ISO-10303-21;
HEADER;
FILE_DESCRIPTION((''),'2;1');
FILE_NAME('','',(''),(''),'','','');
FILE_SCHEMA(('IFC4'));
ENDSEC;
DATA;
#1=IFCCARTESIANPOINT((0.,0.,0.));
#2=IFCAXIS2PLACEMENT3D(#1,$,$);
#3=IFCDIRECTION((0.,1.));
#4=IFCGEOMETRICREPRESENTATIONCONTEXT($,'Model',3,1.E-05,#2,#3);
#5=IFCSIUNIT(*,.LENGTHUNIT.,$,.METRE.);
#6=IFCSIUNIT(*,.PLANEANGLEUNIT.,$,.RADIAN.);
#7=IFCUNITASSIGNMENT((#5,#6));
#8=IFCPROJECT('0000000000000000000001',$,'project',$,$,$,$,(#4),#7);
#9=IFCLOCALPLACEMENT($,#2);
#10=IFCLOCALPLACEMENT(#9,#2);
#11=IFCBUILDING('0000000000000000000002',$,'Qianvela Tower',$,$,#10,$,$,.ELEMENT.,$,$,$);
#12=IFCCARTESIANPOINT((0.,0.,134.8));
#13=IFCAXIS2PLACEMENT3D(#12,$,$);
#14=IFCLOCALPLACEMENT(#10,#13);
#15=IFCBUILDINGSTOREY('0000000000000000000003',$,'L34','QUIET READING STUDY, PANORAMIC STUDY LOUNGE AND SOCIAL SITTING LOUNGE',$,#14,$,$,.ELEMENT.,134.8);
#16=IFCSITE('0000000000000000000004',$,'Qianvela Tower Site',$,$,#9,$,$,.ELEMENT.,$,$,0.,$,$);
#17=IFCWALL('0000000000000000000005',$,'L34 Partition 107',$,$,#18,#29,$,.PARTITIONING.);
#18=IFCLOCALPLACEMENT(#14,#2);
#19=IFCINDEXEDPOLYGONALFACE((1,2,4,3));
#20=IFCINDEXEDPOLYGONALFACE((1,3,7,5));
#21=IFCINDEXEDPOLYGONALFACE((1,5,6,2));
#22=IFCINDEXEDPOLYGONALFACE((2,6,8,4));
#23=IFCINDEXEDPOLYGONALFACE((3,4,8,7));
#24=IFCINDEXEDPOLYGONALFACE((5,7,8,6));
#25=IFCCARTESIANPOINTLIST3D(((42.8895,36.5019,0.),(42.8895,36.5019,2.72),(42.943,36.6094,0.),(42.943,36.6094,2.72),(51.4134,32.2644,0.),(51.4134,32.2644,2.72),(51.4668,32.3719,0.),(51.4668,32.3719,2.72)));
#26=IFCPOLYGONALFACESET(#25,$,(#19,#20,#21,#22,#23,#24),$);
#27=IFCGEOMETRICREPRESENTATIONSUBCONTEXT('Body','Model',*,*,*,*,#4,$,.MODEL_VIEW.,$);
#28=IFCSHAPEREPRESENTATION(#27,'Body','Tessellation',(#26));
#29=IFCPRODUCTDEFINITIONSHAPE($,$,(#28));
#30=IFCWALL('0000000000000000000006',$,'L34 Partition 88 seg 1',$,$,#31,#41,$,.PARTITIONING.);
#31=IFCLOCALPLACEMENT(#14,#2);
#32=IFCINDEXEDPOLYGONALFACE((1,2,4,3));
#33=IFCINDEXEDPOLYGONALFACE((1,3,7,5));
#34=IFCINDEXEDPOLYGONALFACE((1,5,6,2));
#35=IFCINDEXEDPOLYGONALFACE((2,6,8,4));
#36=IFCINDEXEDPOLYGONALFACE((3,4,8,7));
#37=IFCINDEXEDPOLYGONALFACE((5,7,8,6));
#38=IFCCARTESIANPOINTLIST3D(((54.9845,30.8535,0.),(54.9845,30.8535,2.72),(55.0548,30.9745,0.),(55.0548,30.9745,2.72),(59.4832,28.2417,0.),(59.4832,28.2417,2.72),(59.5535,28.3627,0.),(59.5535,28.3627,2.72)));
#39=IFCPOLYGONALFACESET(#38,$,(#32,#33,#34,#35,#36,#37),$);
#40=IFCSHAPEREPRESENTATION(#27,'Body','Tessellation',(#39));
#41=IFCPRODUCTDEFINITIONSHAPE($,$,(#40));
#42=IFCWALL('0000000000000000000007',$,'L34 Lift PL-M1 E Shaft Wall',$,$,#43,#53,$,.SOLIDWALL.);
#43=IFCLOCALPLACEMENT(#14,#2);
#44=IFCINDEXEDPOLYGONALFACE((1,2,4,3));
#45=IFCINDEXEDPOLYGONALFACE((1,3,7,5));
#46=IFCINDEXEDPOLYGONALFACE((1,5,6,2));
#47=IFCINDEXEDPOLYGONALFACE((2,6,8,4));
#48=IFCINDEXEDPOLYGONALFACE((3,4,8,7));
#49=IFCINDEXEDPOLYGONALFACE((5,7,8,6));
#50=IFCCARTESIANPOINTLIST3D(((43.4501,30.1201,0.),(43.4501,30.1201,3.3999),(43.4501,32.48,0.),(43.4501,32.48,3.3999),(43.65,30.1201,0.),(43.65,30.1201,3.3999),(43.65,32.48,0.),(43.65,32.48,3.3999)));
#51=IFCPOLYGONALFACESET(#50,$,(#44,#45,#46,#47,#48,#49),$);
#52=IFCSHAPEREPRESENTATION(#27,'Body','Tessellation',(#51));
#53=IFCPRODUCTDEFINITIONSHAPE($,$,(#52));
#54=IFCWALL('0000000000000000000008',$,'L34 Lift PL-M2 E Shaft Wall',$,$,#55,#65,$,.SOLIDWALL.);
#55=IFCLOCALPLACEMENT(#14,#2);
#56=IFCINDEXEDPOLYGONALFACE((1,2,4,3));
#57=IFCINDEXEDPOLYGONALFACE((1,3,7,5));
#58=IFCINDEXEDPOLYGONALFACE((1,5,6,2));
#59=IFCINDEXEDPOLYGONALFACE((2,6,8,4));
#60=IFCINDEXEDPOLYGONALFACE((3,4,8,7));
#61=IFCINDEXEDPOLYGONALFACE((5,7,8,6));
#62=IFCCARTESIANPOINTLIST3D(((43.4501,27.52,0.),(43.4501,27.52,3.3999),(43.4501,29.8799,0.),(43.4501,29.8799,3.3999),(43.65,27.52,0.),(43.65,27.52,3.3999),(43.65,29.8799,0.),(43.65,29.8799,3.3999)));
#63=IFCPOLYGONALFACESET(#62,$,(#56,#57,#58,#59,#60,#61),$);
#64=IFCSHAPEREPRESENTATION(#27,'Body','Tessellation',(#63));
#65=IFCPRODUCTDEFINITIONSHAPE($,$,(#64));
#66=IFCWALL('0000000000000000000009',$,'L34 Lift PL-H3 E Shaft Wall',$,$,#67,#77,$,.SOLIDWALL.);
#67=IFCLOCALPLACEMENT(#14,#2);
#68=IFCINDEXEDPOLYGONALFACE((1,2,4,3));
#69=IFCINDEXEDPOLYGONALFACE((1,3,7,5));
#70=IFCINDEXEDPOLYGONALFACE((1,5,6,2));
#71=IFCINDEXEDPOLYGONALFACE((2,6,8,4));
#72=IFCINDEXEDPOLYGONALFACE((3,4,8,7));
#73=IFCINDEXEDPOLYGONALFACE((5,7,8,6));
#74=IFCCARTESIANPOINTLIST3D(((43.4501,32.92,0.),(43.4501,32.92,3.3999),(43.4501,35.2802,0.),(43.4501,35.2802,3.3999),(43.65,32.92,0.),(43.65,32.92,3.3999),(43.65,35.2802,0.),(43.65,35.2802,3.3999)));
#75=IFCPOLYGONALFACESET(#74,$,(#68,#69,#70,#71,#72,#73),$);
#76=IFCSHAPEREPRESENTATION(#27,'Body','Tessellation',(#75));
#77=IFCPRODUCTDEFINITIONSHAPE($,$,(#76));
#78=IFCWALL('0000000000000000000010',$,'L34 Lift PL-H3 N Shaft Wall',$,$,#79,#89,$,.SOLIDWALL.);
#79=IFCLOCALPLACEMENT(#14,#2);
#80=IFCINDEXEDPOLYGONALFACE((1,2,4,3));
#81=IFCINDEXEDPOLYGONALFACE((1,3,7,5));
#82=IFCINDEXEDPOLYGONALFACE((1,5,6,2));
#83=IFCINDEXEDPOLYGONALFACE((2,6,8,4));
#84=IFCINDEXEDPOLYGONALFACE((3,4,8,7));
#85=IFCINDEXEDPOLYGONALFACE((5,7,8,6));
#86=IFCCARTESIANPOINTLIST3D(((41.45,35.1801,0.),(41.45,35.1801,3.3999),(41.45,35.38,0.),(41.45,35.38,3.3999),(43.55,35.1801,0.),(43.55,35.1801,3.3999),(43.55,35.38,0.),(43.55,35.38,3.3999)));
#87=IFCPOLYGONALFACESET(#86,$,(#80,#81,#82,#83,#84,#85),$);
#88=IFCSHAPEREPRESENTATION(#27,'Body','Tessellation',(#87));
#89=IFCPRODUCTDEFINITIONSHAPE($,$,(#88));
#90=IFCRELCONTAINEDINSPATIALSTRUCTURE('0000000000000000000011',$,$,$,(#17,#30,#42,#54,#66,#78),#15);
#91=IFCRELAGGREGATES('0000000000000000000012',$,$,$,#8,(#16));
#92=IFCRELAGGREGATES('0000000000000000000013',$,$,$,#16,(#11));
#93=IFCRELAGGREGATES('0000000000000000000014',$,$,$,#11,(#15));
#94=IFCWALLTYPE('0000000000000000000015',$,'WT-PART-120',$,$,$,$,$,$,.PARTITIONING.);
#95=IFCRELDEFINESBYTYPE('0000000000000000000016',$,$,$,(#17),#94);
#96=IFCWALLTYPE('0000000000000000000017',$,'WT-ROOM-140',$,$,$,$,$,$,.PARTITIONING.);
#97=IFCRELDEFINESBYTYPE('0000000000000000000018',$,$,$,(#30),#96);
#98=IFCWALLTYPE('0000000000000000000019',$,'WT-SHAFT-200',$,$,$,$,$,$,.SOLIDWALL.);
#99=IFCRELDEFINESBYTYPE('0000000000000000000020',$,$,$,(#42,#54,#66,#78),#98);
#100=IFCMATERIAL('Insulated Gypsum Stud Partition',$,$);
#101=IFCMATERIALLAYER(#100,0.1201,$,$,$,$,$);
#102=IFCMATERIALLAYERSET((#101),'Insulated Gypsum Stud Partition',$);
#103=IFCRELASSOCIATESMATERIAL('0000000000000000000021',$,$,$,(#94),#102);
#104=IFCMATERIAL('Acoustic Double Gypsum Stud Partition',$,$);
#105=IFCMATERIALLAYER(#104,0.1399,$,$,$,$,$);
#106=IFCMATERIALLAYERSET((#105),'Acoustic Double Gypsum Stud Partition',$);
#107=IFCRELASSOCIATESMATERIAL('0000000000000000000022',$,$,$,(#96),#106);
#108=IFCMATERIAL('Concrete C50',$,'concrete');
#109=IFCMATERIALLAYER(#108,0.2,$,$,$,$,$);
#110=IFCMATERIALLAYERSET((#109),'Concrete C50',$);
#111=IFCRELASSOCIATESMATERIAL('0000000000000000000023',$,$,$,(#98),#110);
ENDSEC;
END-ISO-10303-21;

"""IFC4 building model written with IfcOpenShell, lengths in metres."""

from ifc_helpers import new_model, si_unit, direction, frame, frame_2d, origin, place, context, subcontext, project, spatial, rectangle, extrude, material, layer, layer_set, type_object, element, save


model = new_model("IFC4")

# Units and contexts
model_context = context("Model", 3, precision=1e-05, world=origin(), true_north=direction((0.0, 1.0)))
body_context = subcontext(model_context, "Body", "Model", "MODEL_VIEW")
ifc_project = project(units=[si_unit("LENGTHUNIT", "METRE"), si_unit("PLANEANGLEUNIT", "RADIAN")], contexts=[model_context])

# Site, building, storey
site_placement = place(None, origin())
site = spatial("IfcSite", under=ifc_project, at=site_placement, Name="Qianvela Tower Site", CompositionType="ELEMENT", RefElevation=0.0)
building_placement = place(site_placement, origin())
building = spatial("IfcBuilding", under=site, at=building_placement, Name="Qianvela Tower", CompositionType="ELEMENT")
storey_placement = place(building_placement, frame((0.0, 0.0, 134.8)))
storey = spatial("IfcBuildingStorey", under=building, at=storey_placement, Name="L34", Description="QUIET READING STUDY, PANORAMIC STUDY LOUNGE AND SOCIAL SITTING LOUNGE", CompositionType="ELEMENT", Elevation=134.8)

# Walls
ifc_material_1 = material(Name="Insulated Gypsum Stud Partition")
ifc_layer_1 = layer(ifc_material_1, 0.1201)
ifc_layer_set_1 = layer_set([ifc_layer_1], Name="Insulated Gypsum Stud Partition")
wall_type_1 = type_object("IfcWallType", Name="WT-PART-120", PredefinedType="PARTITIONING", material=ifc_layer_set_1)
wall_1_placement = place(storey_placement, frame((42.9163, 36.5557, 0.0), z_axis=(0.0, 0.0, 1.0), x_axis=(0.895451, -0.445161, 0.0)))
element("IfcWall", 1, at=wall_1_placement, inside=storey, type_object=wall_type_1, Name="L34 Partition 107", PredefinedType="PARTITIONING", context=body_context, shape_type="SweptSolid", body=[
    extrude(rectangle(XDim=9.519, YDim=0.1201, at=frame_2d((4.7595, 0.0))), origin(), (0.0, 0.0, 1.0), 2.72),
])
ifc_material_2 = material(Name="Acoustic Double Gypsum Stud Partition")
ifc_layer_2 = layer(ifc_material_2, 0.1399)
ifc_layer_set_2 = layer_set([ifc_layer_2], Name="Acoustic Double Gypsum Stud Partition")
wall_type_2 = type_object("IfcWallType", Name="WT-ROOM-140", PredefinedType="PARTITIONING", material=ifc_layer_set_2)
wall_2_placement = place(storey_placement, frame((55.0195, 30.9141, 0.0), z_axis=(0.0, 0.0, 1.0), x_axis=(0.864821, -0.502081, 0.0)))
element("IfcWall", 2, at=wall_2_placement, inside=storey, type_object=wall_type_2, Name="L34 Partition 88 seg 1", PredefinedType="PARTITIONING", context=body_context, shape_type="SweptSolid", body=[
    extrude(rectangle(XDim=5.2019, YDim=0.1399, at=frame_2d((2.6011, 0.0))), origin(), (0.0, 0.0, 1.0), 2.72),
])
ifc_material_3 = material(Name="Concrete C50", Category="concrete")
ifc_layer_3 = layer(ifc_material_3, 0.2)
ifc_layer_set_3 = layer_set([ifc_layer_3], Name="Concrete C50")
wall_type_3 = type_object("IfcWallType", Name="WT-SHAFT-200", PredefinedType="SOLIDWALL", material=ifc_layer_set_3)
for number, where, z_axis, x_axis, name in (
    (3, (43.55, 30.1201, 0.0), (0.0, 0.0, 1.0), (0.0, 1.0, 0.0), "L34 Lift PL-M1 E Shaft Wall"),
    (4, (43.55, 27.52, 0.0), (0.0, 0.0, 1.0), (0.0, 1.0, 0.0), "L34 Lift PL-M2 E Shaft Wall"),
):
    element("IfcWall", number, at=place(storey_placement, frame(where, z_axis=z_axis, x_axis=x_axis)), inside=storey, type_object=wall_type_3, Name=name, PredefinedType="SOLIDWALL", context=body_context, shape_type="SweptSolid", body=[
        extrude(rectangle(XDim=2.3599, YDim=0.2, at=frame_2d((1.1799, 0.0))), origin(), (0.0, 0.0, 1.0), 3.3999),
    ])
wall_3_placement = place(storey_placement, frame((43.55, 32.9199, 0.0), z_axis=(0.0, 0.0, 1.0), x_axis=(0.0, 1.0, 0.0)))
element("IfcWall", 5, at=wall_3_placement, inside=storey, type_object=wall_type_3, Name="L34 Lift PL-H3 E Shaft Wall", PredefinedType="SOLIDWALL", context=body_context, shape_type="SweptSolid", body=[
    extrude(rectangle(XDim=2.3601, YDim=0.2, at=frame_2d((1.1802, 0.0))), origin(), (0.0, 0.0, 1.0), 3.3999),
])
wall_4_placement = place(storey_placement, frame((41.45, 35.28, 0.0), z_axis=(0.0, 0.0, 1.0), x_axis=(1.0, 0.0, 0.0)))
element("IfcWall", 6, at=wall_4_placement, inside=storey, type_object=wall_type_3, Name="L34 Lift PL-H3 N Shaft Wall", PredefinedType="SOLIDWALL", context=body_context, shape_type="SweptSolid", body=[
    extrude(rectangle(XDim=2.1001, YDim=0.2, at=frame_2d((1.05, 0.0))), origin(), (0.0, 0.0, 1.0), 3.3999),
])

save(model, "model.ifc")
